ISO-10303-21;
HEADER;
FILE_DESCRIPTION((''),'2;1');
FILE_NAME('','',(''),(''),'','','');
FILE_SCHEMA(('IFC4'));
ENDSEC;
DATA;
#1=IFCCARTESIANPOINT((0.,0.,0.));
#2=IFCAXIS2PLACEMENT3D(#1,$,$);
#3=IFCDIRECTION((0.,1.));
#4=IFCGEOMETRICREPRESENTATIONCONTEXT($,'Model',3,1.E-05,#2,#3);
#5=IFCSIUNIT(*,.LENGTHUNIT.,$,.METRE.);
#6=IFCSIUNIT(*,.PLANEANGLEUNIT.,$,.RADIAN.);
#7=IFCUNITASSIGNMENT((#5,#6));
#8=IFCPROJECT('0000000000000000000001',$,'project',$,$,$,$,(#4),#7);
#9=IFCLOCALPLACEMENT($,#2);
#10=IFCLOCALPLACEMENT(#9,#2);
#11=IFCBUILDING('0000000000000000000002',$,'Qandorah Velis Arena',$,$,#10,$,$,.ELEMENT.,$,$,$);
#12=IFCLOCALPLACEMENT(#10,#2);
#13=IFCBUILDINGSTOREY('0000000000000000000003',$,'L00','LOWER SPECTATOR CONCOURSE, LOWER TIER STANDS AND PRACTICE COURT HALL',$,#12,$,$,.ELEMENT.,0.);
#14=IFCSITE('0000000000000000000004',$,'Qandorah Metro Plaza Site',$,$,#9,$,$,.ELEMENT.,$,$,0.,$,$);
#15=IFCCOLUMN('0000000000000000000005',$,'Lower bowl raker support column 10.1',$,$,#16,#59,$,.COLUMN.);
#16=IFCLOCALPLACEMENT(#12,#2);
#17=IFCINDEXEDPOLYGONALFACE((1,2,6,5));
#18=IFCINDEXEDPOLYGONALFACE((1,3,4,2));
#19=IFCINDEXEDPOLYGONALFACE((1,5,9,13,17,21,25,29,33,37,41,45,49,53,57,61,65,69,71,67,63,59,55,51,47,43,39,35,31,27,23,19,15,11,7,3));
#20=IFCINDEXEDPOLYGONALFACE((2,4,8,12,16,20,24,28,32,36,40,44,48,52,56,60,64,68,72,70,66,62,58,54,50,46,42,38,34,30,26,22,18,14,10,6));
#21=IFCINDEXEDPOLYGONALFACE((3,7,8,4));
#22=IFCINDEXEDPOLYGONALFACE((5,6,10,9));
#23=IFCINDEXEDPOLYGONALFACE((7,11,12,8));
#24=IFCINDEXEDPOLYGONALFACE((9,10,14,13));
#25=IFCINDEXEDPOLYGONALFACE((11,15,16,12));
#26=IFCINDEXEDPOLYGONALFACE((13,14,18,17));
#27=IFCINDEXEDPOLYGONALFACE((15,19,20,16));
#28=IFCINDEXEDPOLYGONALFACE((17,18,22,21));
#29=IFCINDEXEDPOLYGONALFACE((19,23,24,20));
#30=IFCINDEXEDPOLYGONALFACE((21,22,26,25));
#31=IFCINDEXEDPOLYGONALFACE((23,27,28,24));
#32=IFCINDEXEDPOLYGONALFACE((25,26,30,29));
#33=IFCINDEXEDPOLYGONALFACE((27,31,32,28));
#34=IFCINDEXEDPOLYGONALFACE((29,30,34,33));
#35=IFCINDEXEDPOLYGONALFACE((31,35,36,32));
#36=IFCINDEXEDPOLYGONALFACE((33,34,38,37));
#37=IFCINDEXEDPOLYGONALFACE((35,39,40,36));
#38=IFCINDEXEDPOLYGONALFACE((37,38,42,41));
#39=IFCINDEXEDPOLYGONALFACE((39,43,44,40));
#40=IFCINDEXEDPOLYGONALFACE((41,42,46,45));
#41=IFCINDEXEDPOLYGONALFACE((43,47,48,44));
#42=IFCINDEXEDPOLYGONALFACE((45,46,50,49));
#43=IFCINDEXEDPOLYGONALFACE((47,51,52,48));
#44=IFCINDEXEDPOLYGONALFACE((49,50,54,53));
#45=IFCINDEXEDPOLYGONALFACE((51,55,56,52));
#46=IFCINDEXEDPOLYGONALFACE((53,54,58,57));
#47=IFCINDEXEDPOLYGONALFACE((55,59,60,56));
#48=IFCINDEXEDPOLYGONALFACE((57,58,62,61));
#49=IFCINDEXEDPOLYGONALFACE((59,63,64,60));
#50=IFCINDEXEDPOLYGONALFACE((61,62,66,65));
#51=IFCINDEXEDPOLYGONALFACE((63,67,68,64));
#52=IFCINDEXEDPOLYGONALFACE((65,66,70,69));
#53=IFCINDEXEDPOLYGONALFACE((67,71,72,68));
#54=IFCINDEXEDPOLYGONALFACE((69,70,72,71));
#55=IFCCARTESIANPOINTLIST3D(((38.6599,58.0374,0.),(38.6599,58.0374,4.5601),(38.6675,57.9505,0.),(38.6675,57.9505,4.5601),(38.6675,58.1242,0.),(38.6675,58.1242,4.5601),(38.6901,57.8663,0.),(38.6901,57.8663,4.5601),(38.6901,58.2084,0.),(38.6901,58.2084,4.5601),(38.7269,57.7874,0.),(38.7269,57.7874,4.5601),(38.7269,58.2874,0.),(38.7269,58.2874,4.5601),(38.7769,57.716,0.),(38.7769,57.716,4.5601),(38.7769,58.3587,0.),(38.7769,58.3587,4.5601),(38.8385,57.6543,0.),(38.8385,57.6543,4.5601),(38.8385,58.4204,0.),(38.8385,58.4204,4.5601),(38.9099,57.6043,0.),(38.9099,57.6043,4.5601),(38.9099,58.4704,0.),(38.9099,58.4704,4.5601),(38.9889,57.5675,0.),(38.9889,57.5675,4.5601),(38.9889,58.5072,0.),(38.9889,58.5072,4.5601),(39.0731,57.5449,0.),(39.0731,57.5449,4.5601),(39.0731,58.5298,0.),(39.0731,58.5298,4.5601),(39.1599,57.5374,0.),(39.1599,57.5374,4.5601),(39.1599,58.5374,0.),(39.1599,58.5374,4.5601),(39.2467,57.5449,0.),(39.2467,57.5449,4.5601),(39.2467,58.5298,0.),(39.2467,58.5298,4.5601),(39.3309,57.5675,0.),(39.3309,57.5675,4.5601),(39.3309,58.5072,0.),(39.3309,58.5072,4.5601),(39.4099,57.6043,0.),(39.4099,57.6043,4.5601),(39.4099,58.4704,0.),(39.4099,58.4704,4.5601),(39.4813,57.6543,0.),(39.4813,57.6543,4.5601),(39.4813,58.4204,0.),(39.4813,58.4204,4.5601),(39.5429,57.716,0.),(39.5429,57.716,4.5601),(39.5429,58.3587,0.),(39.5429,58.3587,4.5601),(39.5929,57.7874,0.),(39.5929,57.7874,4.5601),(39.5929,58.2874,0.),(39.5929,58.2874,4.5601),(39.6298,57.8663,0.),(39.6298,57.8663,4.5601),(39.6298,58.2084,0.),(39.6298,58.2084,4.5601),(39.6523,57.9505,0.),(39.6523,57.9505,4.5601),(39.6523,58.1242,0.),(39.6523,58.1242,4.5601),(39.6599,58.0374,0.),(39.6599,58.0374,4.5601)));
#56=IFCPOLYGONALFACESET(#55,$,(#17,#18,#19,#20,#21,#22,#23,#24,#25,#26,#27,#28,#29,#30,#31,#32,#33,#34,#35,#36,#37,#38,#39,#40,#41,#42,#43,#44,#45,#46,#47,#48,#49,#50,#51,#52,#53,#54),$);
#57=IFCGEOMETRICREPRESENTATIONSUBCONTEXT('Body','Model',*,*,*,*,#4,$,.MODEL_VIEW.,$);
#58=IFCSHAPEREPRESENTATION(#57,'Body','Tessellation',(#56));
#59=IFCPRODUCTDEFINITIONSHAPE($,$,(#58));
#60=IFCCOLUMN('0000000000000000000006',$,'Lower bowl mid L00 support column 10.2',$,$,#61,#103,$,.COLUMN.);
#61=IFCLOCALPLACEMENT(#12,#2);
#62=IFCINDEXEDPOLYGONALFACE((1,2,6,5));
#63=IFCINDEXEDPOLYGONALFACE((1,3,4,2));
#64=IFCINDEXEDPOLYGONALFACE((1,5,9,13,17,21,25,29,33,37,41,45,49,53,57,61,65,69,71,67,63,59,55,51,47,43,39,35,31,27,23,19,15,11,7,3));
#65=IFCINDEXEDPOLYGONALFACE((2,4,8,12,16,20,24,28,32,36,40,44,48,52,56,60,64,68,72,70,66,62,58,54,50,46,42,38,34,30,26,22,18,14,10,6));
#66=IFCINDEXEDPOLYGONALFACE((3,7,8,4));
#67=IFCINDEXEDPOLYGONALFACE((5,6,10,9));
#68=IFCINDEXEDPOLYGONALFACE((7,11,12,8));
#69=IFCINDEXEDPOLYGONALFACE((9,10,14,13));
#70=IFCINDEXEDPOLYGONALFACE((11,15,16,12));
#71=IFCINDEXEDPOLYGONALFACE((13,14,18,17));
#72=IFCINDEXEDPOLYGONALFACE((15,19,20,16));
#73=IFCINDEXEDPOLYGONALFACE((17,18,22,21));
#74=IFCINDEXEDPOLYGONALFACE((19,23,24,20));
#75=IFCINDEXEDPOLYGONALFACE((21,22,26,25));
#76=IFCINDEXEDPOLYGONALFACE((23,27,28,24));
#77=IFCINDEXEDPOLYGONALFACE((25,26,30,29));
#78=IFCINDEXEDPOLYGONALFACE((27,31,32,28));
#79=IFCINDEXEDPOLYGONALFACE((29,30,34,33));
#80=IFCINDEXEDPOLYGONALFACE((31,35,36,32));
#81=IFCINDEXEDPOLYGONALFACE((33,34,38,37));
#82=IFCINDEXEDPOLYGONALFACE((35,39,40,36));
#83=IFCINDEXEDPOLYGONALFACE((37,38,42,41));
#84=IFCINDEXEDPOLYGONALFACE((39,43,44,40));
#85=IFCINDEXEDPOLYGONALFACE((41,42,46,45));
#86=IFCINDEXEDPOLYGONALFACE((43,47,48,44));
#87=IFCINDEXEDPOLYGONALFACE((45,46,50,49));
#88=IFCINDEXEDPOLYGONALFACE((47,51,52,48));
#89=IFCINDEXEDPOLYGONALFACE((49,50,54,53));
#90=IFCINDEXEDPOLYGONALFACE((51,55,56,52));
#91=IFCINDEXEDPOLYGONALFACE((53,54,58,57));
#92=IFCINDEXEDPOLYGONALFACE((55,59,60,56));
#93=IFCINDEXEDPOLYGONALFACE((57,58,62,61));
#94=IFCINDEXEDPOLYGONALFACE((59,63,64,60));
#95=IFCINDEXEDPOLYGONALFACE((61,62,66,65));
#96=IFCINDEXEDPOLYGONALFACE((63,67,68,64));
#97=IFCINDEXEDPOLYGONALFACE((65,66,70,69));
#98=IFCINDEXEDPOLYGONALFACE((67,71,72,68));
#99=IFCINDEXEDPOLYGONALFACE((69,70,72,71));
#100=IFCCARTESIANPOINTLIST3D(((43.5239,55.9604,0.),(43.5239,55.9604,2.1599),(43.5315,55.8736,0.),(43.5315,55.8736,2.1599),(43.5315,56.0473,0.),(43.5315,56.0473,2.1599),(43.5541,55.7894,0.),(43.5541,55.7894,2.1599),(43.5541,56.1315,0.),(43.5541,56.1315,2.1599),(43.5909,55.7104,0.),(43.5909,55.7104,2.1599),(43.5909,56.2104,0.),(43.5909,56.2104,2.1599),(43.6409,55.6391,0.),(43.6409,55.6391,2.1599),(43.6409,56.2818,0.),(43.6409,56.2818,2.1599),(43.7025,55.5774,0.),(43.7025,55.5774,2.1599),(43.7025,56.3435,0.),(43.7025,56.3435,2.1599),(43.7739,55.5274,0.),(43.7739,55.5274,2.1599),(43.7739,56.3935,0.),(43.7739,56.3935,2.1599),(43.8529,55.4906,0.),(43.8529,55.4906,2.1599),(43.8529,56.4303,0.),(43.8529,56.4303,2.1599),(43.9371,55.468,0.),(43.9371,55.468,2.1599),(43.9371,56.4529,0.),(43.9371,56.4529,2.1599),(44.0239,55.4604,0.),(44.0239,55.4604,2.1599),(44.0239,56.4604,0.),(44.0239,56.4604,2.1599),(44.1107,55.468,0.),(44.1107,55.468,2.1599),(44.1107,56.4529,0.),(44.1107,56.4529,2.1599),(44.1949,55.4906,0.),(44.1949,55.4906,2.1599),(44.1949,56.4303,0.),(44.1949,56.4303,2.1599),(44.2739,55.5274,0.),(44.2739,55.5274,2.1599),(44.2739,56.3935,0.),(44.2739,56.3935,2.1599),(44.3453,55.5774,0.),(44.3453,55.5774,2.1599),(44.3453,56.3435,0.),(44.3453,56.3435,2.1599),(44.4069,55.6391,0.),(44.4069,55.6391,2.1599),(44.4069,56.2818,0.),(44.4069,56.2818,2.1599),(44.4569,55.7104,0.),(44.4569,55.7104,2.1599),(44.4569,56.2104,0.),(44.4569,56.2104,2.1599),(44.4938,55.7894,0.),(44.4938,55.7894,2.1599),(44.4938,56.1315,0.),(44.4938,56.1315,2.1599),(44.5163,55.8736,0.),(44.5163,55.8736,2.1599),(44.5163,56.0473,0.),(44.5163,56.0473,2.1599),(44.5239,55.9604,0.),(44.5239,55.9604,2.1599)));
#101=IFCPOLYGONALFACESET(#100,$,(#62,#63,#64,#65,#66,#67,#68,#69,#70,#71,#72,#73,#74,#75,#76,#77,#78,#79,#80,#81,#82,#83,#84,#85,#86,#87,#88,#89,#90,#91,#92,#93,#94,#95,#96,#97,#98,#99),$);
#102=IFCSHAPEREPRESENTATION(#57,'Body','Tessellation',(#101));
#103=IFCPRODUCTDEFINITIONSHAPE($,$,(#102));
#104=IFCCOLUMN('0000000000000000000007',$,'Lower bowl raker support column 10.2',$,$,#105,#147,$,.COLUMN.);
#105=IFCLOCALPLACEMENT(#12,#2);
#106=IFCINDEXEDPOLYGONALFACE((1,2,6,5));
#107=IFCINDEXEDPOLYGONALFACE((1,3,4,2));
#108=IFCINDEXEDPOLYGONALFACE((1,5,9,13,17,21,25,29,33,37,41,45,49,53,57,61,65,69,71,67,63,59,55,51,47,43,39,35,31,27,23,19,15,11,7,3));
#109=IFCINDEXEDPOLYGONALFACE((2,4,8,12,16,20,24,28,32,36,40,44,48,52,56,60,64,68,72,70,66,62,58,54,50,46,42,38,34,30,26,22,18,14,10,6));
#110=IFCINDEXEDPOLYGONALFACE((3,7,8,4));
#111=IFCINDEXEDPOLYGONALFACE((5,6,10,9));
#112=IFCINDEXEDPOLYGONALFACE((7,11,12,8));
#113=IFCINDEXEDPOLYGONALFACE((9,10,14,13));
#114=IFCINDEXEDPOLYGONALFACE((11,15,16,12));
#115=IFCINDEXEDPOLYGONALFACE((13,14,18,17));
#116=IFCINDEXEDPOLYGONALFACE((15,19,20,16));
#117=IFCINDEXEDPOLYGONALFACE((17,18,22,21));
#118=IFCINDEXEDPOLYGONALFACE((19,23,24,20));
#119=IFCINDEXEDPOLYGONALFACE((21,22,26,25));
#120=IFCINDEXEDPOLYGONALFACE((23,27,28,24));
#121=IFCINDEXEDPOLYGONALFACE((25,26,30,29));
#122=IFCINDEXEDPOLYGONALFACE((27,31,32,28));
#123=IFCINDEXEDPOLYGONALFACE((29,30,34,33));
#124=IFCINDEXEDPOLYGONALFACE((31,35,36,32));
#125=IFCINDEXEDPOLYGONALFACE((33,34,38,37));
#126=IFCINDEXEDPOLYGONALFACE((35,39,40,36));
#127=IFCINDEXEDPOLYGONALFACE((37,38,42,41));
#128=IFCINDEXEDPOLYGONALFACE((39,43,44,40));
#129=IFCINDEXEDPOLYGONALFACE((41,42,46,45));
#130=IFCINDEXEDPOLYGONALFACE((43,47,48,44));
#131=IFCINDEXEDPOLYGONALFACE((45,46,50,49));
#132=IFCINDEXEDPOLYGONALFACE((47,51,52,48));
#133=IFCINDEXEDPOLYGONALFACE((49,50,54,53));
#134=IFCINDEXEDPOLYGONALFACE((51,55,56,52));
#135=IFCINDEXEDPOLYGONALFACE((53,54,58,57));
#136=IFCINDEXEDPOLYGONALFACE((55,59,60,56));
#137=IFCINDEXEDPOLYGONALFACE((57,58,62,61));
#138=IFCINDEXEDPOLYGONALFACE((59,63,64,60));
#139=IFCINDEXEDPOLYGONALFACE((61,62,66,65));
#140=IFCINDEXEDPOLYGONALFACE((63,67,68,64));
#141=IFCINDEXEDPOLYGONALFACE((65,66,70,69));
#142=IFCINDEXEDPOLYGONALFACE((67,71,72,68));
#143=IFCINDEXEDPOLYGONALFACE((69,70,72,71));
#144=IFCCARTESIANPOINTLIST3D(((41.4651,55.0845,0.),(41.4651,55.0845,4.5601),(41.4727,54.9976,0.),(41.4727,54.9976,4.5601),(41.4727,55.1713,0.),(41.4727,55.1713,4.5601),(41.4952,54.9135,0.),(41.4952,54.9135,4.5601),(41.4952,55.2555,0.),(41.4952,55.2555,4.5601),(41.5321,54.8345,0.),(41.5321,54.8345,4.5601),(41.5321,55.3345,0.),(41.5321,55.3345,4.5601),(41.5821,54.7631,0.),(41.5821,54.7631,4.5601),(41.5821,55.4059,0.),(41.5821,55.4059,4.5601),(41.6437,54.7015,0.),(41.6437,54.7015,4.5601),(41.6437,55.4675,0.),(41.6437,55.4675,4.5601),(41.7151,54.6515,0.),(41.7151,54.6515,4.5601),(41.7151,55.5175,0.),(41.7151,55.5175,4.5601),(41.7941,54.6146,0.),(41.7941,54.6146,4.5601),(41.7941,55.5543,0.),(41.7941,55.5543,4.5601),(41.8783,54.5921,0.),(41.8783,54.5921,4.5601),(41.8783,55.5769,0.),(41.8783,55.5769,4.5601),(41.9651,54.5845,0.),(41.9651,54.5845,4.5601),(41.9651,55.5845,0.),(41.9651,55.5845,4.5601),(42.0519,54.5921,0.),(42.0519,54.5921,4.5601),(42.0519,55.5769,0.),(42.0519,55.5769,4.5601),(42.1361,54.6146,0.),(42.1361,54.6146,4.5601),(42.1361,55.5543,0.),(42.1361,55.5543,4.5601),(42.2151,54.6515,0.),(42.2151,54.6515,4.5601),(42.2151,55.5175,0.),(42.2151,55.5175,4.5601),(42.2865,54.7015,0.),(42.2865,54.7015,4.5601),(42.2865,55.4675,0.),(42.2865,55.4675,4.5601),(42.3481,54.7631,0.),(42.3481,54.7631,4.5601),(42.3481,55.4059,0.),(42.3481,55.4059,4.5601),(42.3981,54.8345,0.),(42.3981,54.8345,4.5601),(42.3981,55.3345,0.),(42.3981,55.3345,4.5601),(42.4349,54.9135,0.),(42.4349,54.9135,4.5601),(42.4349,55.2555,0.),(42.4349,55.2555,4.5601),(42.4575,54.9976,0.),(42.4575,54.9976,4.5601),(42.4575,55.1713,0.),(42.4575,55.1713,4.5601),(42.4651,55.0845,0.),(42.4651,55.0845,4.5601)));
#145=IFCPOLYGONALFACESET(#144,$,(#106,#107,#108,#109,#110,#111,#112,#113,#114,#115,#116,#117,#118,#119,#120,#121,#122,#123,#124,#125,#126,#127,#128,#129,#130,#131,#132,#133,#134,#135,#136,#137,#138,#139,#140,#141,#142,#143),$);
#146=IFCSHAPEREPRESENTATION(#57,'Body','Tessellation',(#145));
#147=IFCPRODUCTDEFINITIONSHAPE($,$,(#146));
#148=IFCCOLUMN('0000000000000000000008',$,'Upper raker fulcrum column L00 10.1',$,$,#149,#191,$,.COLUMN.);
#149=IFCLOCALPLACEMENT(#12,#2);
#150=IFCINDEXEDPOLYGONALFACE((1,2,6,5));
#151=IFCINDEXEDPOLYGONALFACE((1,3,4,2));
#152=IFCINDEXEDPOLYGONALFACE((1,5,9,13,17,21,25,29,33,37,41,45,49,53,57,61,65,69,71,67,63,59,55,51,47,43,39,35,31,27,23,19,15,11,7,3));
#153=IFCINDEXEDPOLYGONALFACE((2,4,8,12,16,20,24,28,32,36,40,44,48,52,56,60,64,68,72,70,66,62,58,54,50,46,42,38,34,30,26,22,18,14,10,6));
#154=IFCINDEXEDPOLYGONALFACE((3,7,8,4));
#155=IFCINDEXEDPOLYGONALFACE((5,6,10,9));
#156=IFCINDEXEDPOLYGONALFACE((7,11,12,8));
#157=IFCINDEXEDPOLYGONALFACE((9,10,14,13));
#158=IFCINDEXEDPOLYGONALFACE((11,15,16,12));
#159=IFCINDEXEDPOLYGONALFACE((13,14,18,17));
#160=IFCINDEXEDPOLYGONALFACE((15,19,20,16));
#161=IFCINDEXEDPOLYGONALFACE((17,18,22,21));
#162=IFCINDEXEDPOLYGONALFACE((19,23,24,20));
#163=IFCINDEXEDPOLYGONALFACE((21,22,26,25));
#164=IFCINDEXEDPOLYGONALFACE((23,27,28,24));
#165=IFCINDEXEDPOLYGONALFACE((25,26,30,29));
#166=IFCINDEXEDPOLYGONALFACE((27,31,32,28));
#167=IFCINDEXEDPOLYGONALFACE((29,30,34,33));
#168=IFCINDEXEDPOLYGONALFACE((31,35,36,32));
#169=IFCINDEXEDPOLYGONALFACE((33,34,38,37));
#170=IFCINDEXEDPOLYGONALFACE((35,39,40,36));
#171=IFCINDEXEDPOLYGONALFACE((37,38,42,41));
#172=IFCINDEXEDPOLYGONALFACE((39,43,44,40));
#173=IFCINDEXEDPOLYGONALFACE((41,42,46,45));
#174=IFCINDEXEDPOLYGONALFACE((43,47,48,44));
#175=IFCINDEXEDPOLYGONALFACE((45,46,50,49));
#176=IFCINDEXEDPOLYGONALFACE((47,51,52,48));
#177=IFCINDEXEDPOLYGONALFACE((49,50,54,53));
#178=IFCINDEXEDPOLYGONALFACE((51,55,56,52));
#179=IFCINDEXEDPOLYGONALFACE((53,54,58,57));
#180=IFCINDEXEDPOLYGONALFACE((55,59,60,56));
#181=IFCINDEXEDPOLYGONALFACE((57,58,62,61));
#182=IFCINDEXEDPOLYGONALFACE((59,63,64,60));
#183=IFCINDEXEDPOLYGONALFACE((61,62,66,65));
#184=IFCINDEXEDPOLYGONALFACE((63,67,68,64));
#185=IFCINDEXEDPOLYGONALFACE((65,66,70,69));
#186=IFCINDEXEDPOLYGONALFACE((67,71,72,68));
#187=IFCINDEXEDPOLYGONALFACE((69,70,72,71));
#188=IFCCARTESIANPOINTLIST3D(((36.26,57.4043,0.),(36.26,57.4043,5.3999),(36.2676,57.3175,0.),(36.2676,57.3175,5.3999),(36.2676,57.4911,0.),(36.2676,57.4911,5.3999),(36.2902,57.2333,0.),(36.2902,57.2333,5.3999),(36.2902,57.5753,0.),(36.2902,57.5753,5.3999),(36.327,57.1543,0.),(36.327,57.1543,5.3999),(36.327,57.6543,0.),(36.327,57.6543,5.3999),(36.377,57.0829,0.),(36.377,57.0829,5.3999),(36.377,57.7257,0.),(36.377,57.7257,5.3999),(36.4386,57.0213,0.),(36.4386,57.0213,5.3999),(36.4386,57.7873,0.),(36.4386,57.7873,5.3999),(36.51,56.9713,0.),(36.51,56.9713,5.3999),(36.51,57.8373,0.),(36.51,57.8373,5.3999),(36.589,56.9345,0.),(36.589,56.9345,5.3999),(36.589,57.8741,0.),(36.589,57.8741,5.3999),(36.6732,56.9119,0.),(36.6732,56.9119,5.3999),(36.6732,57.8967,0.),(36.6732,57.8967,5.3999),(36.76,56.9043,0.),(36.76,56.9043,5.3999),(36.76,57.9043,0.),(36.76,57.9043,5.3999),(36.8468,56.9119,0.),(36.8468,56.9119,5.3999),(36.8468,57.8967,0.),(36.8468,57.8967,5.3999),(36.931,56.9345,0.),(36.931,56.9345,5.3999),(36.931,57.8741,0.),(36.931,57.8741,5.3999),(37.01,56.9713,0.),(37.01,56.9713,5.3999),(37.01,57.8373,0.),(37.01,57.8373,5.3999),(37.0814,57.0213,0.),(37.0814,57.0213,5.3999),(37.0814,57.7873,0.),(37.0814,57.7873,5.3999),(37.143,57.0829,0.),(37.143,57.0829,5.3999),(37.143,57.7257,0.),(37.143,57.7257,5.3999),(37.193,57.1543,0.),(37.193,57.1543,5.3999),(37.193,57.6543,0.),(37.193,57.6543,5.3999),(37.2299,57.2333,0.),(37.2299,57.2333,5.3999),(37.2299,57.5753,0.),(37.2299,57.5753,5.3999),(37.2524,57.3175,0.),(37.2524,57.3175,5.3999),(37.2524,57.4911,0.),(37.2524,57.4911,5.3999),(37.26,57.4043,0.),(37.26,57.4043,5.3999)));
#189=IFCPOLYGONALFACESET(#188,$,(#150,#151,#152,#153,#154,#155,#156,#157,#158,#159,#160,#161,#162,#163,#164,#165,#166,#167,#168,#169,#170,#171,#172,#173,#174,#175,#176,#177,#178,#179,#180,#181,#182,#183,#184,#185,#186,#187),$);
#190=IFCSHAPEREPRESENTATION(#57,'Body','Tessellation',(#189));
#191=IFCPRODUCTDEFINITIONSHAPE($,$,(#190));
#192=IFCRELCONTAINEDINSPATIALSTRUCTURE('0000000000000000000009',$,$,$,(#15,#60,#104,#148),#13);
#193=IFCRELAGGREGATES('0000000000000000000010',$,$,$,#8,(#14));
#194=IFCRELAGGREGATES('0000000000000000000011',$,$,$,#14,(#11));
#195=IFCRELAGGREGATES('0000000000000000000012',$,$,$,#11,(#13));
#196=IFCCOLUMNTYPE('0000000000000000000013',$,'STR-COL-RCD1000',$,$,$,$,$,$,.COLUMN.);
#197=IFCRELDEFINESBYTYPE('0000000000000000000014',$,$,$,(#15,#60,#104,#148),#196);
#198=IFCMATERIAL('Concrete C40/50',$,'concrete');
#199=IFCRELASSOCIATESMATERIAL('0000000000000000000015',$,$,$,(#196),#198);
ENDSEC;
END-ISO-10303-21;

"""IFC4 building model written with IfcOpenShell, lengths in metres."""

from ifc_helpers import new_model, si_unit, direction, frame, origin, origin_2d, place, context, subcontext, project, spatial, circle, extrude, material, material_profile, profile_set, type_object, element, save


model = new_model("IFC4")

# Units and contexts
model_context = context("Model", 3, precision=1e-05, world=origin(), true_north=direction((0.0, 1.0)))
body_context = subcontext(model_context, "Body", "Model", "MODEL_VIEW")
ifc_project = project(units=[si_unit("LENGTHUNIT", "METRE"), si_unit("PLANEANGLEUNIT", "RADIAN")], contexts=[model_context])

# Site, building, storey
site_placement = place(None, origin())
site = spatial("IfcSite", under=ifc_project, at=site_placement, Name="Qandorah Metro Plaza Site", CompositionType="ELEMENT", RefElevation=0.0)
building_placement = place(site_placement, origin())
building = spatial("IfcBuilding", under=site, at=building_placement, Name="Qandorah Velis Arena", CompositionType="ELEMENT")
storey_placement = place(building_placement, origin())
storey = spatial("IfcBuildingStorey", under=building, at=storey_placement, Name="L00", Description="LOWER SPECTATOR CONCOURSE, LOWER TIER STANDS AND PRACTICE COURT HALL", CompositionType="ELEMENT", Elevation=0.0)

# Columns
ifc_material_1 = material(Name="Concrete C40/50", Category="concrete")
ifc_material_profile_1 = material_profile(ifc_material_1, circle(Radius=0.5, at=origin_2d()), Name="RC D1000")
ifc_profile_set_1 = profile_set([ifc_material_profile_1], Name="Concrete C40/50")
column_type = type_object("IfcColumnType", Name="STR-COL-RCD1000", PredefinedType="COLUMN", material=ifc_profile_set_1)
column_1_placement = place(storey_placement, frame((39.1599, 58.0374, 0.0), z_axis=(0.0, 0.0, 1.0), x_axis=(1.0, 0.0, 0.0)))
element("IfcColumn", 1, at=column_1_placement, inside=storey, type_object=column_type, Name="Lower bowl raker support column 10.1", PredefinedType="COLUMN", context=body_context, shape_type="SweptSolid", body=[
    extrude(circle(Radius=0.5, at=origin_2d()), origin(), (0.0, 0.0, 1.0), 4.5601),
])
column_2_placement = place(storey_placement, frame((44.0239, 55.9604, 0.0), z_axis=(0.0, 0.0, 1.0), x_axis=(1.0, 0.0, 0.0)))
element("IfcColumn", 2, at=column_2_placement, inside=storey, type_object=column_type, Name="Lower bowl mid L00 support column 10.2", PredefinedType="COLUMN", context=body_context, shape_type="SweptSolid", body=[
    extrude(circle(Radius=0.5, at=origin_2d()), origin(), (0.0, 0.0, 1.0), 2.1599),
])
column_3_placement = place(storey_placement, frame((41.9651, 55.0845, 0.0), z_axis=(0.0, 0.0, 1.0), x_axis=(1.0, 0.0, 0.0)))
element("IfcColumn", 3, at=column_3_placement, inside=storey, type_object=column_type, Name="Lower bowl raker support column 10.2", PredefinedType="COLUMN", context=body_context, shape_type="SweptSolid", body=[
    extrude(circle(Radius=0.5, at=origin_2d()), origin(), (0.0, 0.0, 1.0), 4.5601),
])
for number, where, z_axis, x_axis, name in (
    (4, (36.76, 57.4043, 0.0), (0.0, 0.0, 1.0), (1.0, 0.0, 0.0), "Upper raker fulcrum column L00 10.1"),
):
    element("IfcColumn", number, at=place(storey_placement, frame(where, z_axis=z_axis, x_axis=x_axis)), inside=storey, type_object=column_type, Name=name, PredefinedType="COLUMN", context=body_context, shape_type="SweptSolid", body=[
        extrude(circle(Radius=0.5, at=origin_2d()), origin(), (0.0, 0.0, 1.0), 5.3999),
    ])

save(model, "model.ifc")
